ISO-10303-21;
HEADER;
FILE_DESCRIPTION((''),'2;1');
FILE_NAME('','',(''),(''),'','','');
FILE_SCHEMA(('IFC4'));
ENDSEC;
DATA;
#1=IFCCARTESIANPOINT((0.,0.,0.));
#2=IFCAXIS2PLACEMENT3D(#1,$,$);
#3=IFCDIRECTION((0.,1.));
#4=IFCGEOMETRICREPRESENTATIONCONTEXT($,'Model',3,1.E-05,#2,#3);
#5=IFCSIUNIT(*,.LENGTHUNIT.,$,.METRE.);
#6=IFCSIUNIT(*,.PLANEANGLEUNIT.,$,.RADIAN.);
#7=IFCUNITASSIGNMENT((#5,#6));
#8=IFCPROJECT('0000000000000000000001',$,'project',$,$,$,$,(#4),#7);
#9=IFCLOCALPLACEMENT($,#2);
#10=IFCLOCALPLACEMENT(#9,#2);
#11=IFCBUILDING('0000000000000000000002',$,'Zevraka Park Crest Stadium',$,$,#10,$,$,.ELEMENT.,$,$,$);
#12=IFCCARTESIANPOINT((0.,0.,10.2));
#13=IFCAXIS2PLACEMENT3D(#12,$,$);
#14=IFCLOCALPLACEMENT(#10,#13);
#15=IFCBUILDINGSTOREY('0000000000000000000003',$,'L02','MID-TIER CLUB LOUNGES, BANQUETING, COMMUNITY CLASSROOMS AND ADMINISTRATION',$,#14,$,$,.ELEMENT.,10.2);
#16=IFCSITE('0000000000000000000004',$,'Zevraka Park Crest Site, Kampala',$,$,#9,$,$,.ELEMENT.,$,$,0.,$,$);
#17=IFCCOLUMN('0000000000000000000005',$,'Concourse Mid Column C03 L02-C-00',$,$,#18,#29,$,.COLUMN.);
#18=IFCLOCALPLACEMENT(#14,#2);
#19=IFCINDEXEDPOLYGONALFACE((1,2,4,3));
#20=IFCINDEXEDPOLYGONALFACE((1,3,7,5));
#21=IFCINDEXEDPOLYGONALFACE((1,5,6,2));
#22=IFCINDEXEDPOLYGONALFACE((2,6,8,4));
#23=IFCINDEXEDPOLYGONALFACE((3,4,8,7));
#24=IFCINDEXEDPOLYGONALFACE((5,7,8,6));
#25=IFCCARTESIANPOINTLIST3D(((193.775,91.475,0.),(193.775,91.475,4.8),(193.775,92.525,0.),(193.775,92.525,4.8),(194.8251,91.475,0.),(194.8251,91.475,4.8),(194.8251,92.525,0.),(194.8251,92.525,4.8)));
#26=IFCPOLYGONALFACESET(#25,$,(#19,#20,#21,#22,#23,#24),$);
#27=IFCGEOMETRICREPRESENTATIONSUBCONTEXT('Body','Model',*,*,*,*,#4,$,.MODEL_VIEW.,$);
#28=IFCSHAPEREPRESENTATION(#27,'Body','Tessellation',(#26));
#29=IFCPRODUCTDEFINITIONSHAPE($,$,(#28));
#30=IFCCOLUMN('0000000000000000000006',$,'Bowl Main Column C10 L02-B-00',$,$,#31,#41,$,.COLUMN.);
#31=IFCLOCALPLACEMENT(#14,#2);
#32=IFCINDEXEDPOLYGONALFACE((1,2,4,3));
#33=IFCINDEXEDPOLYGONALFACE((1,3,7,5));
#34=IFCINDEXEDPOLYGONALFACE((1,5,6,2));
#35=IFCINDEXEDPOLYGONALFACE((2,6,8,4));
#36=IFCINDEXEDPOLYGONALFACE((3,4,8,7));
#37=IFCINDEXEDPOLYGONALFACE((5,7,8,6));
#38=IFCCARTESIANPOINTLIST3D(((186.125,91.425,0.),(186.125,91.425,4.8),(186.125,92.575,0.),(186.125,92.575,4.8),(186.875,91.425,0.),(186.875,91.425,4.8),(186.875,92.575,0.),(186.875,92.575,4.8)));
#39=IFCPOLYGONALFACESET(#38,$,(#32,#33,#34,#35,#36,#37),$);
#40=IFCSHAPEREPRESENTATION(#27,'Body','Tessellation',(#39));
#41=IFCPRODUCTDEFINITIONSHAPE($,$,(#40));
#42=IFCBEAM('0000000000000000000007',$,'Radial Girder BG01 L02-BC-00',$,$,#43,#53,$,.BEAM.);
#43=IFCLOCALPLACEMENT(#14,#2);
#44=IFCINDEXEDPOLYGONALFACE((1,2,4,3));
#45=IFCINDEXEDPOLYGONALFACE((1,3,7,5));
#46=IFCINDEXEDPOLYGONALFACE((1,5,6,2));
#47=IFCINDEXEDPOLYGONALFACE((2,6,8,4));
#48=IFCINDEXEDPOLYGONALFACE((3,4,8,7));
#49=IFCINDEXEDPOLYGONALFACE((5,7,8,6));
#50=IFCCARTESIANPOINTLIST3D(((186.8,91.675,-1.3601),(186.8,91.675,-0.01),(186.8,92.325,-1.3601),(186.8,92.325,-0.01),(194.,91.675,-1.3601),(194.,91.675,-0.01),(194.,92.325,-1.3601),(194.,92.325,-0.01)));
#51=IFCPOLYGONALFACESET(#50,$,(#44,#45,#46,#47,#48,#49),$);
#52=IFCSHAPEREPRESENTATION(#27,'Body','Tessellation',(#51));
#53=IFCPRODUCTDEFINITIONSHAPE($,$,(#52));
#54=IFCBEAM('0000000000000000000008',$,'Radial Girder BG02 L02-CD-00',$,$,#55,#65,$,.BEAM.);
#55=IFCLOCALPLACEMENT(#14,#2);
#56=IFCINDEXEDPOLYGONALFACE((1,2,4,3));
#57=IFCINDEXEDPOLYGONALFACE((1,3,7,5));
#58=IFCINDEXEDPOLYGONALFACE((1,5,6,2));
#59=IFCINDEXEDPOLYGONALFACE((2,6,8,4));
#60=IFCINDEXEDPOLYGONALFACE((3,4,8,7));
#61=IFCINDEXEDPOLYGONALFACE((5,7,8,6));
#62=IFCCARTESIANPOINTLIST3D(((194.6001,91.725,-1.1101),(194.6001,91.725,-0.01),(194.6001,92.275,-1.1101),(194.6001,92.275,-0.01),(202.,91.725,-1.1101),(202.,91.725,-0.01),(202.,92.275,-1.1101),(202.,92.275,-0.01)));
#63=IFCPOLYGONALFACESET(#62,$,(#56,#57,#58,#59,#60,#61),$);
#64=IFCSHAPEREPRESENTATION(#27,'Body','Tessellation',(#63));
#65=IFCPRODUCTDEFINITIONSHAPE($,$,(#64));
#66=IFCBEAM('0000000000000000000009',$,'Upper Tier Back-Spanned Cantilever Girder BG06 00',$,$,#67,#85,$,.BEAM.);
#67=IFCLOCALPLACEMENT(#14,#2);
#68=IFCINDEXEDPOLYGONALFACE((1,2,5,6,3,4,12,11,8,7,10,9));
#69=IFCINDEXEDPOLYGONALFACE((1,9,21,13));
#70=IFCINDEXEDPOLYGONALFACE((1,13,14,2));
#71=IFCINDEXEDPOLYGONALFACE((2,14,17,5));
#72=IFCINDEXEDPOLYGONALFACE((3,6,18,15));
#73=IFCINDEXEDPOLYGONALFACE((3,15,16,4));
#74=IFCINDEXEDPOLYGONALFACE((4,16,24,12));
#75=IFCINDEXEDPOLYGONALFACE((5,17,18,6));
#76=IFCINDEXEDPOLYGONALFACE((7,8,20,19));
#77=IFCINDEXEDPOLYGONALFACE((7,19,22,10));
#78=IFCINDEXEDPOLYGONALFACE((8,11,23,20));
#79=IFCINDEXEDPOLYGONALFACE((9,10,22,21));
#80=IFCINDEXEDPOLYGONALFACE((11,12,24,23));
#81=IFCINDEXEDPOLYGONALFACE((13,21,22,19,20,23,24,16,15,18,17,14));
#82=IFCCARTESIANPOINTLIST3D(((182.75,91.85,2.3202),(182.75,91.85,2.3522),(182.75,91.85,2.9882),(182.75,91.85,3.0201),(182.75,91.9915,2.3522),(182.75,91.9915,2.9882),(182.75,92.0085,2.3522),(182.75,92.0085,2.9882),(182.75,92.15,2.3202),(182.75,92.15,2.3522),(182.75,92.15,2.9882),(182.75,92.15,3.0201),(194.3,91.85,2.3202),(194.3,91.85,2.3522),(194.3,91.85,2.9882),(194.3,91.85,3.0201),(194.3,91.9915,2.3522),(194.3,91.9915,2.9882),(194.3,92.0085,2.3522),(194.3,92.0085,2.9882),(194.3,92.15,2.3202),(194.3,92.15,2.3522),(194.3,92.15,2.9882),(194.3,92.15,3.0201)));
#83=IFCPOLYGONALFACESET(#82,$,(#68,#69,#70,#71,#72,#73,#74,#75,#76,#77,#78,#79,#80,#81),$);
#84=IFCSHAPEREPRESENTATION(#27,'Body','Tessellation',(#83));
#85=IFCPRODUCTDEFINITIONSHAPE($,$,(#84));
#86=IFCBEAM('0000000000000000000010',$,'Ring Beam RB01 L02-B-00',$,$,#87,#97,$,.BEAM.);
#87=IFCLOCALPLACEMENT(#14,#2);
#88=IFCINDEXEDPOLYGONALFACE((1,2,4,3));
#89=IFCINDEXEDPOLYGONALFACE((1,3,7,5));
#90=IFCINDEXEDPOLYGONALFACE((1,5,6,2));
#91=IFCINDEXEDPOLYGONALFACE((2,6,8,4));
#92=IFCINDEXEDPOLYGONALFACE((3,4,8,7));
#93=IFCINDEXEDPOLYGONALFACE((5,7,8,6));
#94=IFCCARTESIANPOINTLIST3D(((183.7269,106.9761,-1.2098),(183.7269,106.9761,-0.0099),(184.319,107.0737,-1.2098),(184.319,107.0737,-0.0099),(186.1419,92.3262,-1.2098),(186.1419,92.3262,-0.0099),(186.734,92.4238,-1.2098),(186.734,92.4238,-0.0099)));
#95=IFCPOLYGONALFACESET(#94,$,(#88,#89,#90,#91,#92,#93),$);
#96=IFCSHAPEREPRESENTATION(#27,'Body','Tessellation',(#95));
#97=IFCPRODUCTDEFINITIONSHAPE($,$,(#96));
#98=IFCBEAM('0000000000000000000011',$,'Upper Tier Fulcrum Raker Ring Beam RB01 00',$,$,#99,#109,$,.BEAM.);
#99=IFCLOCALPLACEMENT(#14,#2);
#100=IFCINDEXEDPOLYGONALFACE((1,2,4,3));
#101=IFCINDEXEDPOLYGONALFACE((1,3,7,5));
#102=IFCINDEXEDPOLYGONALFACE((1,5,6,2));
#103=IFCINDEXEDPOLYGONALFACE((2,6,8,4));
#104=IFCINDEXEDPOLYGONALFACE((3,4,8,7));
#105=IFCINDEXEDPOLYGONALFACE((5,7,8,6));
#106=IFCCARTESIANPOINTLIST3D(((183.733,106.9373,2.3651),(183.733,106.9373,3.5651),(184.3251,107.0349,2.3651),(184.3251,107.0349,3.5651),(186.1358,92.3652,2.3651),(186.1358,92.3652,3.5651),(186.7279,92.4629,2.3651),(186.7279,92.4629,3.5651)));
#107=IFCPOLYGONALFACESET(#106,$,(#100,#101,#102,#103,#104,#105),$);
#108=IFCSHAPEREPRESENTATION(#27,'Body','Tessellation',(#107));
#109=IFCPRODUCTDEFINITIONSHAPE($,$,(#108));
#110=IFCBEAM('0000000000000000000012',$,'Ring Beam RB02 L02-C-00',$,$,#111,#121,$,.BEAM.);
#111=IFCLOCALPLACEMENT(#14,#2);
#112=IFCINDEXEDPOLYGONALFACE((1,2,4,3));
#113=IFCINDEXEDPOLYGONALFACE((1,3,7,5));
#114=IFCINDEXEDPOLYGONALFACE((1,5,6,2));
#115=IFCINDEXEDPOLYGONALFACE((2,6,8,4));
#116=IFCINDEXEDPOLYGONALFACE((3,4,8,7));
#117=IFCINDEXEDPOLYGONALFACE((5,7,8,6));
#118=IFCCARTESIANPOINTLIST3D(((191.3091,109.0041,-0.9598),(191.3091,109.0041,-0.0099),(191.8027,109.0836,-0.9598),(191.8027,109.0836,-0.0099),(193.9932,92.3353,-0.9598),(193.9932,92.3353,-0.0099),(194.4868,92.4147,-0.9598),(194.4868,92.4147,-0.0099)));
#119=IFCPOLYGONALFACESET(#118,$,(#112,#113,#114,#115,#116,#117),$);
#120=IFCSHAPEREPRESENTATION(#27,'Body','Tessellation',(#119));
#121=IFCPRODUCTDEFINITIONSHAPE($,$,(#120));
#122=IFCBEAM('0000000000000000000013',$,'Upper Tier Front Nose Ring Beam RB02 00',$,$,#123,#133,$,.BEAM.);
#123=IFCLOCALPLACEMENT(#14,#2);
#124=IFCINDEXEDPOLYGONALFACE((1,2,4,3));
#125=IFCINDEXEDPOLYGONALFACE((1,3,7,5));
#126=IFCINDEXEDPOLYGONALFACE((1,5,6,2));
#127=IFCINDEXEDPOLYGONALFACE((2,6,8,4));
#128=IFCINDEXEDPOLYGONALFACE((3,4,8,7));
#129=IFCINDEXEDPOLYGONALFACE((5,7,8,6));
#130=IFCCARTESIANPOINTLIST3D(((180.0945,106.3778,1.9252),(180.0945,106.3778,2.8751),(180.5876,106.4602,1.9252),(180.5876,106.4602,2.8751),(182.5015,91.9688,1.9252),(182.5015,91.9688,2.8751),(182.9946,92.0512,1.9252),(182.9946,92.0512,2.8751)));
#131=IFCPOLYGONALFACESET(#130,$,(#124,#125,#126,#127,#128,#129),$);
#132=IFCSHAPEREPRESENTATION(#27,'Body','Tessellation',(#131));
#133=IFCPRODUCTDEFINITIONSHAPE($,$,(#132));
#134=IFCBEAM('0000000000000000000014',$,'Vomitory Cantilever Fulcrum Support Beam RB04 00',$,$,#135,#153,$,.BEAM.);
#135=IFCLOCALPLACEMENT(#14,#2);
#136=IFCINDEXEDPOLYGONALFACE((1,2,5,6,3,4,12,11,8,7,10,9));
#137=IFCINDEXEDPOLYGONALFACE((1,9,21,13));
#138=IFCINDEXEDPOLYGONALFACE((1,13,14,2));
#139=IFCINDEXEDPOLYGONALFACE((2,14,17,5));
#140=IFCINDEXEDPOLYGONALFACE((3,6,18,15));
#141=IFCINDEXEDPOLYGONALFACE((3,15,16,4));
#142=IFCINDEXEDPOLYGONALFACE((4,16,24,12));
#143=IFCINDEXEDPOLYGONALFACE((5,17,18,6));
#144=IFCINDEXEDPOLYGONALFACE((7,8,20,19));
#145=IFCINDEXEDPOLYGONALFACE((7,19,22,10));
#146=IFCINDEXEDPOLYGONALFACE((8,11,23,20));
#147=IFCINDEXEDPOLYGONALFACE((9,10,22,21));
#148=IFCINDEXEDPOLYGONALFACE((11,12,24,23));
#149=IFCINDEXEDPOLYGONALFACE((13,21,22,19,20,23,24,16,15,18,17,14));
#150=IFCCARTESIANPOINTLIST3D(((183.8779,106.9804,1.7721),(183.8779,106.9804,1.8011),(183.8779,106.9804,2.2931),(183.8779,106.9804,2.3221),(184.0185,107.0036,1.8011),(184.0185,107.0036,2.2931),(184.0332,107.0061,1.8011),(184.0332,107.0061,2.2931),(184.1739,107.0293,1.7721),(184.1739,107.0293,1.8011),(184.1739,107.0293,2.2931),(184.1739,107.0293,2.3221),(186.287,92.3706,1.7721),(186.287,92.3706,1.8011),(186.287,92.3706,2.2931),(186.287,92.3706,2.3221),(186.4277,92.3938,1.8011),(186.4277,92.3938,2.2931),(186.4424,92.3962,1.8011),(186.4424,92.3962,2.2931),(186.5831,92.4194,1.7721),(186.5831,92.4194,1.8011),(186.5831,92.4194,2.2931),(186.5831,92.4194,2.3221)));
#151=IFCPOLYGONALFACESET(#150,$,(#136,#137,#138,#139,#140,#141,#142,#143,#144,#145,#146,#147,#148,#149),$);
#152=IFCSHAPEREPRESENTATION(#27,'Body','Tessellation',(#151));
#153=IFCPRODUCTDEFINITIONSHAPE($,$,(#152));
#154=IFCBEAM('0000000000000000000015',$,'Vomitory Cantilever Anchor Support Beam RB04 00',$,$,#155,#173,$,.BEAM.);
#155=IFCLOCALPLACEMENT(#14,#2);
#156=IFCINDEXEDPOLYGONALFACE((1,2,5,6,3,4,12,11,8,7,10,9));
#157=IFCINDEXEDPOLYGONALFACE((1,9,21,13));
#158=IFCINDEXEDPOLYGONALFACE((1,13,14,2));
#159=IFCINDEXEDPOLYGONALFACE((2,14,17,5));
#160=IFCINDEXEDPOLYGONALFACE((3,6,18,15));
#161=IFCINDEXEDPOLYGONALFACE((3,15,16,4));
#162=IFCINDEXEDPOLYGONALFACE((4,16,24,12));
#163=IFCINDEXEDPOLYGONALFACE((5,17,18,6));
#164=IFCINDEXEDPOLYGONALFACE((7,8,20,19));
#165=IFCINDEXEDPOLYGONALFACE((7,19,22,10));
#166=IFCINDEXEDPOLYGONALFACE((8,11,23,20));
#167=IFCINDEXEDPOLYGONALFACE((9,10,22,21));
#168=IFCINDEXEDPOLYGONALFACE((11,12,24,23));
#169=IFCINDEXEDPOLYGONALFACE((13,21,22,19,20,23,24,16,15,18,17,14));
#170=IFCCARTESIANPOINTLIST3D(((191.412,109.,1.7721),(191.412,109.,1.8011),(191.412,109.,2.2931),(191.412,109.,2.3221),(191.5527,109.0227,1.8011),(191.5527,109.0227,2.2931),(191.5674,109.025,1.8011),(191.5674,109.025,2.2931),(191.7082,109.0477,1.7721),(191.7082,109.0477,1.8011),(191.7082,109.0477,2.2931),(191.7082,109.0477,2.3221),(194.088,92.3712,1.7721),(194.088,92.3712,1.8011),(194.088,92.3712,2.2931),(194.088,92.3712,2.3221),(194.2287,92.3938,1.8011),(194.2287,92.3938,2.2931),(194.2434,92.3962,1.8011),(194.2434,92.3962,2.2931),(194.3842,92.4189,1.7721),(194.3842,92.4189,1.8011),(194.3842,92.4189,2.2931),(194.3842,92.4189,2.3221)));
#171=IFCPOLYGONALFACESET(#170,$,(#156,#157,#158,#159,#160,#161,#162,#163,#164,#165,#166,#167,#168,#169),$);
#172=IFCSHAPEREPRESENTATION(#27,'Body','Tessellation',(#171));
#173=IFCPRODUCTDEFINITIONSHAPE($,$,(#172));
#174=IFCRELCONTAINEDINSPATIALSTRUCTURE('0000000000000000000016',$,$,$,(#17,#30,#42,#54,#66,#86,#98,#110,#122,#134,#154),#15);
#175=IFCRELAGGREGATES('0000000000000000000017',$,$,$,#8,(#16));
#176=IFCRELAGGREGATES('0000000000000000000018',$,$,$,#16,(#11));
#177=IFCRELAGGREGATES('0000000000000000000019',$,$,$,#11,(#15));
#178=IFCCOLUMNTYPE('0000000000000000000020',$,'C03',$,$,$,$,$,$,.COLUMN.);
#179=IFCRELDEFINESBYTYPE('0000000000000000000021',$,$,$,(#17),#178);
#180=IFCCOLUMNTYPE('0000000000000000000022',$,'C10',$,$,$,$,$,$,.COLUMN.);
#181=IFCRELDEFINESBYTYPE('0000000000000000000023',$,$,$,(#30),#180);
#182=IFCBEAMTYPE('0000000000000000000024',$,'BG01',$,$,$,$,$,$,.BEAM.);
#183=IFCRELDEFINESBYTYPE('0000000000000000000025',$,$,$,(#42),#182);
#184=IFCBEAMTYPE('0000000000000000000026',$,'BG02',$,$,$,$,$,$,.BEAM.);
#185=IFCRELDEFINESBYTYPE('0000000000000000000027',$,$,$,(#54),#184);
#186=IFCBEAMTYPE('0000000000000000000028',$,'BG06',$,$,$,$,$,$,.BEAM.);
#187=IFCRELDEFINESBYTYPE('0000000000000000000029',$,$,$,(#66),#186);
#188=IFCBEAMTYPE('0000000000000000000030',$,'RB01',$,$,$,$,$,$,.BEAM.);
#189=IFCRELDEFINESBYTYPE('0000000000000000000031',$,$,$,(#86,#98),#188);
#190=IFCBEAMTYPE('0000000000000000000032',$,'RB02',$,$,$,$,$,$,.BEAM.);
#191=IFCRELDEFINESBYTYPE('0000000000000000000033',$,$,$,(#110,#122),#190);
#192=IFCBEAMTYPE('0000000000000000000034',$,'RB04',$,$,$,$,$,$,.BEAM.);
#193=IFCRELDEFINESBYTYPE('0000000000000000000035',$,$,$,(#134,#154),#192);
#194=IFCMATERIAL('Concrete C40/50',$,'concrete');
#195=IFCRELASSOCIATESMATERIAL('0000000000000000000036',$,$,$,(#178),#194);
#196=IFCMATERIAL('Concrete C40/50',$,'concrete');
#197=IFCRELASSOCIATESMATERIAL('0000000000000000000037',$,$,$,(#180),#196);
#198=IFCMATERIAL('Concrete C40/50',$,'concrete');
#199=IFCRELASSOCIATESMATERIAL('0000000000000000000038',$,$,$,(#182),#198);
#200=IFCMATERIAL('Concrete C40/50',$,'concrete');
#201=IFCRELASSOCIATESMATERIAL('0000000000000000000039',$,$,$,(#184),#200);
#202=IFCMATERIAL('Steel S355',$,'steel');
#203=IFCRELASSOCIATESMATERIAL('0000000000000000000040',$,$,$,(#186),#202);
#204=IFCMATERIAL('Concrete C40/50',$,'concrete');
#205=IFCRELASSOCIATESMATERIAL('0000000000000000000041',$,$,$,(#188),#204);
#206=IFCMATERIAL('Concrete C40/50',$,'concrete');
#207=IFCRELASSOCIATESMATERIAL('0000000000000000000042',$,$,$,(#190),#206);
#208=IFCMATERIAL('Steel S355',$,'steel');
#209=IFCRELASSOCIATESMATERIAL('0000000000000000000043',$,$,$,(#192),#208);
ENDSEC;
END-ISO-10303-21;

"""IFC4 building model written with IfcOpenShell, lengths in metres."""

from ifc_helpers import new_model, si_unit, direction, frame, origin, origin_2d, place, context, subcontext, project, spatial, rectangle, i_section, extrude, material, material_profile, profile_set, type_object, element, save


model = new_model("IFC4")

# Units and contexts
model_context = context("Model", 3, precision=1e-05, world=origin(), true_north=direction((0.0, 1.0)))
body_context = subcontext(model_context, "Body", "Model", "MODEL_VIEW")
ifc_project = project(units=[si_unit("LENGTHUNIT", "METRE"), si_unit("PLANEANGLEUNIT", "RADIAN")], contexts=[model_context])

# Site, building, storey
site_placement = place(None, origin())
site = spatial("IfcSite", under=ifc_project, at=site_placement, Name="Zevraka Park Crest Site, Kampala", CompositionType="ELEMENT", RefElevation=0.0)
building_placement = place(site_placement, origin())
building = spatial("IfcBuilding", under=site, at=building_placement, Name="Zevraka Park Crest Stadium", CompositionType="ELEMENT")
storey_placement = place(building_placement, frame((0.0, 0.0, 10.2)))
storey = spatial("IfcBuildingStorey", under=building, at=storey_placement, Name="L02", Description="MID-TIER CLUB LOUNGES, BANQUETING, COMMUNITY CLASSROOMS AND ADMINISTRATION", CompositionType="ELEMENT", Elevation=10.2)

# Columns
ifc_material_1 = material(Name="Concrete C40/50", Category="concrete")
ifc_material_profile_1 = material_profile(ifc_material_1, rectangle(XDim=1.05, YDim=1.05, at=origin_2d()), Name="RC 1050x1050")
ifc_profile_set_1 = profile_set([ifc_material_profile_1], Name="Concrete C40/50")
column_type_1 = type_object("IfcColumnType", Name="C03", PredefinedType="COLUMN", material=ifc_profile_set_1)
column_1_placement = place(storey_placement, frame((194.3, 92.0, 0.0), z_axis=(0.0, 0.0, 1.0), x_axis=(1.0, 0.0, 0.0)))
element("IfcColumn", 1, at=column_1_placement, inside=storey, type_object=column_type_1, Name="Concourse Mid Column C03 L02-C-00", PredefinedType="COLUMN", context=body_context, shape_type="SweptSolid", body=[
    extrude(rectangle(XDim=1.05, YDim=1.05, at=origin_2d()), origin(), (0.0, 0.0, 1.0), 4.8),
])
ifc_material_2 = material(Name="Concrete C40/50", Category="concrete")
ifc_material_profile_2 = material_profile(ifc_material_2, rectangle(XDim=0.75, YDim=1.1499, at=origin_2d()), Name="RC 1150x750")
ifc_profile_set_2 = profile_set([ifc_material_profile_2], Name="Concrete C40/50")
column_type_2 = type_object("IfcColumnType", Name="C10", PredefinedType="COLUMN", material=ifc_profile_set_2)
column_2_placement = place(storey_placement, frame((186.5, 92.0, 0.0), z_axis=(0.0, 0.0, 1.0), x_axis=(1.0, 0.0, 0.0)))
element("IfcColumn", 2, at=column_2_placement, inside=storey, type_object=column_type_2, Name="Bowl Main Column C10 L02-B-00", PredefinedType="COLUMN", context=body_context, shape_type="SweptSolid", body=[
    extrude(rectangle(XDim=0.75, YDim=1.1499, at=origin_2d()), origin(), (0.0, 0.0, 1.0), 4.8),
])

# Beams
ifc_material_3 = material(Name="Concrete C40/50", Category="concrete")
ifc_material_profile_3 = material_profile(ifc_material_3, rectangle(XDim=0.6499, YDim=1.3501, at=origin_2d()), Name="RC 1350x650")
ifc_profile_set_3 = profile_set([ifc_material_profile_3], Name="Concrete C40/50")
beam_type_1 = type_object("IfcBeamType", Name="BG01", PredefinedType="BEAM", material=ifc_profile_set_3)
beam_1_placement = place(storey_placement, frame((186.8, 92.0, -0.6851), z_axis=(1.0, 0.0, 0.0), x_axis=(0.0, 1.0, 0.0)))
element("IfcBeam", 3, at=beam_1_placement, inside=storey, type_object=beam_type_1, Name="Radial Girder BG01 L02-BC-00", PredefinedType="BEAM", context=body_context, shape_type="SweptSolid", body=[
    extrude(rectangle(XDim=0.6499, YDim=1.3501, at=origin_2d()), origin(), (0.0, 0.0, 1.0), 7.2),
])
ifc_material_4 = material(Name="Concrete C40/50", Category="concrete")
ifc_material_profile_4 = material_profile(ifc_material_4, rectangle(XDim=0.55, YDim=1.1001, at=origin_2d()), Name="RC 1100x550")
ifc_profile_set_4 = profile_set([ifc_material_profile_4], Name="Concrete C40/50")
beam_type_2 = type_object("IfcBeamType", Name="BG02", PredefinedType="BEAM", material=ifc_profile_set_4)
beam_2_placement = place(storey_placement, frame((194.6001, 92.0, -0.5601), z_axis=(1.0, 0.0, 0.0), x_axis=(0.0, 1.0, 0.0)))
element("IfcBeam", 4, at=beam_2_placement, inside=storey, type_object=beam_type_2, Name="Radial Girder BG02 L02-CD-00", PredefinedType="BEAM", context=body_context, shape_type="SweptSolid", body=[
    extrude(rectangle(XDim=0.55, YDim=1.1001, at=origin_2d()), origin(), (0.0, 0.0, 1.0), 7.3999),
])
ifc_material_5 = material(Name="Steel S355", Category="steel")
ifc_material_profile_5 = material_profile(ifc_material_5, i_section(OverallWidth=0.3, OverallDepth=0.7, WebThickness=0.0171, FlangeThickness=0.032, at=origin_2d()), Name="HEB 700")
ifc_profile_set_5 = profile_set([ifc_material_profile_5], Name="Steel S355")
beam_type_3 = type_object("IfcBeamType", Name="BG06", PredefinedType="BEAM", material=ifc_profile_set_5)
beam_3_placement = place(storey_placement, frame((194.3, 92.0, 2.6702), z_axis=(-1.0, 0.0, 0.0), x_axis=(0.0, -1.0, 0.0)))
element("IfcBeam", 5, at=beam_3_placement, inside=storey, type_object=beam_type_3, Name="Upper Tier Back-Spanned Cantilever Girder BG06 00", PredefinedType="BEAM", context=body_context, shape_type="SweptSolid", body=[
    extrude(i_section(OverallWidth=0.3, OverallDepth=0.7, WebThickness=0.0171, FlangeThickness=0.032, at=origin_2d()), origin(), (0.0, 0.0, 1.0), 11.55),
])
ifc_material_6 = material(Name="Concrete C40/50", Category="concrete")
ifc_material_profile_6 = material_profile(ifc_material_6, rectangle(XDim=0.6001, YDim=1.2, at=origin_2d()), Name="RC 1200x600")
ifc_profile_set_6 = profile_set([ifc_material_profile_6], Name="Concrete C40/50")
beam_type_4 = type_object("IfcBeamType", Name="RB01", PredefinedType="BEAM", material=ifc_profile_set_6)
beam_4_placement = place(storey_placement, frame((186.438, 92.375, -0.6099), z_axis=(-0.162655, 0.986683, 0.0), x_axis=(-0.986683, -0.162655, 0.0)))
element("IfcBeam", 6, at=beam_4_placement, inside=storey, type_object=beam_type_4, Name="Ring Beam RB01 L02-B-00", PredefinedType="BEAM", context=body_context, shape_type="SweptSolid", body=[
    extrude(rectangle(XDim=0.6001, YDim=1.2, at=origin_2d()), origin(), (0.0, 0.0, 1.0), 14.8477),
])
beam_5_placement = place(storey_placement, frame((186.4319, 92.4141, 2.9651), z_axis=(-0.162697, 0.986676, 0.0), x_axis=(-0.986676, -0.162697, 0.0)))
element("IfcBeam", 7, at=beam_5_placement, inside=storey, type_object=beam_type_4, Name="Upper Tier Fulcrum Raker Ring Beam RB01 00", PredefinedType="BEAM", context=body_context, shape_type="SweptSolid", body=[
    extrude(rectangle(XDim=0.6001, YDim=1.2, at=origin_2d()), origin(), (0.0, 0.0, 1.0), 14.7688),
])
ifc_material_7 = material(Name="Concrete C40/50", Category="concrete")
ifc_material_profile_7 = material_profile(ifc_material_7, rectangle(XDim=0.5, YDim=0.95, at=origin_2d()), Name="RC 950x500")
ifc_profile_set_7 = profile_set([ifc_material_profile_7], Name="Concrete C40/50")
beam_type_5 = type_object("IfcBeamType", Name="RB02", PredefinedType="BEAM", material=ifc_profile_set_7)
beam_6_placement = place(storey_placement, frame((194.24, 92.375, -0.4849), z_axis=(-0.158975, 0.987283, 0.0), x_axis=(-0.987283, -0.158975, 0.0)))
element("IfcBeam", 8, at=beam_6_placement, inside=storey, type_object=beam_type_5, Name="Ring Beam RB02 L02-C-00", PredefinedType="BEAM", context=body_context, shape_type="SweptSolid", body=[
    extrude(rectangle(XDim=0.5, YDim=0.95, at=origin_2d()), origin(), (0.0, 0.0, 1.0), 16.8835),
])
beam_7_placement = place(storey_placement, frame((182.748, 92.01, 2.4001), z_axis=(-0.164765, 0.986333, 0.0), x_axis=(-0.986333, -0.164765, 0.0)))
element("IfcBeam", 9, at=beam_7_placement, inside=storey, type_object=beam_type_5, Name="Upper Tier Front Nose Ring Beam RB02 00", PredefinedType="BEAM", context=body_context, shape_type="SweptSolid", body=[
    extrude(rectangle(XDim=0.5, YDim=0.95, at=origin_2d()), origin(), (0.0, 0.0, 1.0), 14.6086),
])
ifc_material_8 = material(Name="Steel S355", Category="steel")
ifc_material_profile_8 = material_profile(ifc_material_8, i_section(OverallWidth=0.3, OverallDepth=0.55, WebThickness=0.0149, FlangeThickness=0.0291, at=origin_2d()), Name="HEB 550")
ifc_profile_set_8 = profile_set([ifc_material_profile_8], Name="Steel S355")
beam_type_6 = type_object("IfcBeamType", Name="RB04", PredefinedType="BEAM", material=ifc_profile_set_8)
beam_8_placement = place(storey_placement, frame((186.4351, 92.395, 2.0471), z_axis=(-0.162704, 0.986675, 0.0), x_axis=(-0.986675, -0.162704, 0.0)))
element("IfcBeam", 10, at=beam_8_placement, inside=storey, type_object=beam_type_6, Name="Vomitory Cantilever Fulcrum Support Beam RB04 00", PredefinedType="BEAM", context=body_context, shape_type="SweptSolid", body=[
    extrude(i_section(OverallWidth=0.3, OverallDepth=0.55, WebThickness=0.0149, FlangeThickness=0.0291, at=origin_2d()), origin(), (0.0, 0.0, 1.0), 14.8071),
])
beam_9_placement = place(storey_placement, frame((194.2361, 92.395, 2.0471), z_axis=(-0.158882, 0.987298, 0.0), x_axis=(-0.987298, -0.158882, 0.0)))
element("IfcBeam", 11, at=beam_9_placement, inside=storey, type_object=beam_type_6, Name="Vomitory Cantilever Anchor Support Beam RB04 00", PredefinedType="BEAM", context=body_context, shape_type="SweptSolid", body=[
    extrude(i_section(OverallWidth=0.3, OverallDepth=0.55, WebThickness=0.0149, FlangeThickness=0.0291, at=origin_2d()), origin(), (0.0, 0.0, 1.0), 16.8428),
])

save(model, "model.ifc")
